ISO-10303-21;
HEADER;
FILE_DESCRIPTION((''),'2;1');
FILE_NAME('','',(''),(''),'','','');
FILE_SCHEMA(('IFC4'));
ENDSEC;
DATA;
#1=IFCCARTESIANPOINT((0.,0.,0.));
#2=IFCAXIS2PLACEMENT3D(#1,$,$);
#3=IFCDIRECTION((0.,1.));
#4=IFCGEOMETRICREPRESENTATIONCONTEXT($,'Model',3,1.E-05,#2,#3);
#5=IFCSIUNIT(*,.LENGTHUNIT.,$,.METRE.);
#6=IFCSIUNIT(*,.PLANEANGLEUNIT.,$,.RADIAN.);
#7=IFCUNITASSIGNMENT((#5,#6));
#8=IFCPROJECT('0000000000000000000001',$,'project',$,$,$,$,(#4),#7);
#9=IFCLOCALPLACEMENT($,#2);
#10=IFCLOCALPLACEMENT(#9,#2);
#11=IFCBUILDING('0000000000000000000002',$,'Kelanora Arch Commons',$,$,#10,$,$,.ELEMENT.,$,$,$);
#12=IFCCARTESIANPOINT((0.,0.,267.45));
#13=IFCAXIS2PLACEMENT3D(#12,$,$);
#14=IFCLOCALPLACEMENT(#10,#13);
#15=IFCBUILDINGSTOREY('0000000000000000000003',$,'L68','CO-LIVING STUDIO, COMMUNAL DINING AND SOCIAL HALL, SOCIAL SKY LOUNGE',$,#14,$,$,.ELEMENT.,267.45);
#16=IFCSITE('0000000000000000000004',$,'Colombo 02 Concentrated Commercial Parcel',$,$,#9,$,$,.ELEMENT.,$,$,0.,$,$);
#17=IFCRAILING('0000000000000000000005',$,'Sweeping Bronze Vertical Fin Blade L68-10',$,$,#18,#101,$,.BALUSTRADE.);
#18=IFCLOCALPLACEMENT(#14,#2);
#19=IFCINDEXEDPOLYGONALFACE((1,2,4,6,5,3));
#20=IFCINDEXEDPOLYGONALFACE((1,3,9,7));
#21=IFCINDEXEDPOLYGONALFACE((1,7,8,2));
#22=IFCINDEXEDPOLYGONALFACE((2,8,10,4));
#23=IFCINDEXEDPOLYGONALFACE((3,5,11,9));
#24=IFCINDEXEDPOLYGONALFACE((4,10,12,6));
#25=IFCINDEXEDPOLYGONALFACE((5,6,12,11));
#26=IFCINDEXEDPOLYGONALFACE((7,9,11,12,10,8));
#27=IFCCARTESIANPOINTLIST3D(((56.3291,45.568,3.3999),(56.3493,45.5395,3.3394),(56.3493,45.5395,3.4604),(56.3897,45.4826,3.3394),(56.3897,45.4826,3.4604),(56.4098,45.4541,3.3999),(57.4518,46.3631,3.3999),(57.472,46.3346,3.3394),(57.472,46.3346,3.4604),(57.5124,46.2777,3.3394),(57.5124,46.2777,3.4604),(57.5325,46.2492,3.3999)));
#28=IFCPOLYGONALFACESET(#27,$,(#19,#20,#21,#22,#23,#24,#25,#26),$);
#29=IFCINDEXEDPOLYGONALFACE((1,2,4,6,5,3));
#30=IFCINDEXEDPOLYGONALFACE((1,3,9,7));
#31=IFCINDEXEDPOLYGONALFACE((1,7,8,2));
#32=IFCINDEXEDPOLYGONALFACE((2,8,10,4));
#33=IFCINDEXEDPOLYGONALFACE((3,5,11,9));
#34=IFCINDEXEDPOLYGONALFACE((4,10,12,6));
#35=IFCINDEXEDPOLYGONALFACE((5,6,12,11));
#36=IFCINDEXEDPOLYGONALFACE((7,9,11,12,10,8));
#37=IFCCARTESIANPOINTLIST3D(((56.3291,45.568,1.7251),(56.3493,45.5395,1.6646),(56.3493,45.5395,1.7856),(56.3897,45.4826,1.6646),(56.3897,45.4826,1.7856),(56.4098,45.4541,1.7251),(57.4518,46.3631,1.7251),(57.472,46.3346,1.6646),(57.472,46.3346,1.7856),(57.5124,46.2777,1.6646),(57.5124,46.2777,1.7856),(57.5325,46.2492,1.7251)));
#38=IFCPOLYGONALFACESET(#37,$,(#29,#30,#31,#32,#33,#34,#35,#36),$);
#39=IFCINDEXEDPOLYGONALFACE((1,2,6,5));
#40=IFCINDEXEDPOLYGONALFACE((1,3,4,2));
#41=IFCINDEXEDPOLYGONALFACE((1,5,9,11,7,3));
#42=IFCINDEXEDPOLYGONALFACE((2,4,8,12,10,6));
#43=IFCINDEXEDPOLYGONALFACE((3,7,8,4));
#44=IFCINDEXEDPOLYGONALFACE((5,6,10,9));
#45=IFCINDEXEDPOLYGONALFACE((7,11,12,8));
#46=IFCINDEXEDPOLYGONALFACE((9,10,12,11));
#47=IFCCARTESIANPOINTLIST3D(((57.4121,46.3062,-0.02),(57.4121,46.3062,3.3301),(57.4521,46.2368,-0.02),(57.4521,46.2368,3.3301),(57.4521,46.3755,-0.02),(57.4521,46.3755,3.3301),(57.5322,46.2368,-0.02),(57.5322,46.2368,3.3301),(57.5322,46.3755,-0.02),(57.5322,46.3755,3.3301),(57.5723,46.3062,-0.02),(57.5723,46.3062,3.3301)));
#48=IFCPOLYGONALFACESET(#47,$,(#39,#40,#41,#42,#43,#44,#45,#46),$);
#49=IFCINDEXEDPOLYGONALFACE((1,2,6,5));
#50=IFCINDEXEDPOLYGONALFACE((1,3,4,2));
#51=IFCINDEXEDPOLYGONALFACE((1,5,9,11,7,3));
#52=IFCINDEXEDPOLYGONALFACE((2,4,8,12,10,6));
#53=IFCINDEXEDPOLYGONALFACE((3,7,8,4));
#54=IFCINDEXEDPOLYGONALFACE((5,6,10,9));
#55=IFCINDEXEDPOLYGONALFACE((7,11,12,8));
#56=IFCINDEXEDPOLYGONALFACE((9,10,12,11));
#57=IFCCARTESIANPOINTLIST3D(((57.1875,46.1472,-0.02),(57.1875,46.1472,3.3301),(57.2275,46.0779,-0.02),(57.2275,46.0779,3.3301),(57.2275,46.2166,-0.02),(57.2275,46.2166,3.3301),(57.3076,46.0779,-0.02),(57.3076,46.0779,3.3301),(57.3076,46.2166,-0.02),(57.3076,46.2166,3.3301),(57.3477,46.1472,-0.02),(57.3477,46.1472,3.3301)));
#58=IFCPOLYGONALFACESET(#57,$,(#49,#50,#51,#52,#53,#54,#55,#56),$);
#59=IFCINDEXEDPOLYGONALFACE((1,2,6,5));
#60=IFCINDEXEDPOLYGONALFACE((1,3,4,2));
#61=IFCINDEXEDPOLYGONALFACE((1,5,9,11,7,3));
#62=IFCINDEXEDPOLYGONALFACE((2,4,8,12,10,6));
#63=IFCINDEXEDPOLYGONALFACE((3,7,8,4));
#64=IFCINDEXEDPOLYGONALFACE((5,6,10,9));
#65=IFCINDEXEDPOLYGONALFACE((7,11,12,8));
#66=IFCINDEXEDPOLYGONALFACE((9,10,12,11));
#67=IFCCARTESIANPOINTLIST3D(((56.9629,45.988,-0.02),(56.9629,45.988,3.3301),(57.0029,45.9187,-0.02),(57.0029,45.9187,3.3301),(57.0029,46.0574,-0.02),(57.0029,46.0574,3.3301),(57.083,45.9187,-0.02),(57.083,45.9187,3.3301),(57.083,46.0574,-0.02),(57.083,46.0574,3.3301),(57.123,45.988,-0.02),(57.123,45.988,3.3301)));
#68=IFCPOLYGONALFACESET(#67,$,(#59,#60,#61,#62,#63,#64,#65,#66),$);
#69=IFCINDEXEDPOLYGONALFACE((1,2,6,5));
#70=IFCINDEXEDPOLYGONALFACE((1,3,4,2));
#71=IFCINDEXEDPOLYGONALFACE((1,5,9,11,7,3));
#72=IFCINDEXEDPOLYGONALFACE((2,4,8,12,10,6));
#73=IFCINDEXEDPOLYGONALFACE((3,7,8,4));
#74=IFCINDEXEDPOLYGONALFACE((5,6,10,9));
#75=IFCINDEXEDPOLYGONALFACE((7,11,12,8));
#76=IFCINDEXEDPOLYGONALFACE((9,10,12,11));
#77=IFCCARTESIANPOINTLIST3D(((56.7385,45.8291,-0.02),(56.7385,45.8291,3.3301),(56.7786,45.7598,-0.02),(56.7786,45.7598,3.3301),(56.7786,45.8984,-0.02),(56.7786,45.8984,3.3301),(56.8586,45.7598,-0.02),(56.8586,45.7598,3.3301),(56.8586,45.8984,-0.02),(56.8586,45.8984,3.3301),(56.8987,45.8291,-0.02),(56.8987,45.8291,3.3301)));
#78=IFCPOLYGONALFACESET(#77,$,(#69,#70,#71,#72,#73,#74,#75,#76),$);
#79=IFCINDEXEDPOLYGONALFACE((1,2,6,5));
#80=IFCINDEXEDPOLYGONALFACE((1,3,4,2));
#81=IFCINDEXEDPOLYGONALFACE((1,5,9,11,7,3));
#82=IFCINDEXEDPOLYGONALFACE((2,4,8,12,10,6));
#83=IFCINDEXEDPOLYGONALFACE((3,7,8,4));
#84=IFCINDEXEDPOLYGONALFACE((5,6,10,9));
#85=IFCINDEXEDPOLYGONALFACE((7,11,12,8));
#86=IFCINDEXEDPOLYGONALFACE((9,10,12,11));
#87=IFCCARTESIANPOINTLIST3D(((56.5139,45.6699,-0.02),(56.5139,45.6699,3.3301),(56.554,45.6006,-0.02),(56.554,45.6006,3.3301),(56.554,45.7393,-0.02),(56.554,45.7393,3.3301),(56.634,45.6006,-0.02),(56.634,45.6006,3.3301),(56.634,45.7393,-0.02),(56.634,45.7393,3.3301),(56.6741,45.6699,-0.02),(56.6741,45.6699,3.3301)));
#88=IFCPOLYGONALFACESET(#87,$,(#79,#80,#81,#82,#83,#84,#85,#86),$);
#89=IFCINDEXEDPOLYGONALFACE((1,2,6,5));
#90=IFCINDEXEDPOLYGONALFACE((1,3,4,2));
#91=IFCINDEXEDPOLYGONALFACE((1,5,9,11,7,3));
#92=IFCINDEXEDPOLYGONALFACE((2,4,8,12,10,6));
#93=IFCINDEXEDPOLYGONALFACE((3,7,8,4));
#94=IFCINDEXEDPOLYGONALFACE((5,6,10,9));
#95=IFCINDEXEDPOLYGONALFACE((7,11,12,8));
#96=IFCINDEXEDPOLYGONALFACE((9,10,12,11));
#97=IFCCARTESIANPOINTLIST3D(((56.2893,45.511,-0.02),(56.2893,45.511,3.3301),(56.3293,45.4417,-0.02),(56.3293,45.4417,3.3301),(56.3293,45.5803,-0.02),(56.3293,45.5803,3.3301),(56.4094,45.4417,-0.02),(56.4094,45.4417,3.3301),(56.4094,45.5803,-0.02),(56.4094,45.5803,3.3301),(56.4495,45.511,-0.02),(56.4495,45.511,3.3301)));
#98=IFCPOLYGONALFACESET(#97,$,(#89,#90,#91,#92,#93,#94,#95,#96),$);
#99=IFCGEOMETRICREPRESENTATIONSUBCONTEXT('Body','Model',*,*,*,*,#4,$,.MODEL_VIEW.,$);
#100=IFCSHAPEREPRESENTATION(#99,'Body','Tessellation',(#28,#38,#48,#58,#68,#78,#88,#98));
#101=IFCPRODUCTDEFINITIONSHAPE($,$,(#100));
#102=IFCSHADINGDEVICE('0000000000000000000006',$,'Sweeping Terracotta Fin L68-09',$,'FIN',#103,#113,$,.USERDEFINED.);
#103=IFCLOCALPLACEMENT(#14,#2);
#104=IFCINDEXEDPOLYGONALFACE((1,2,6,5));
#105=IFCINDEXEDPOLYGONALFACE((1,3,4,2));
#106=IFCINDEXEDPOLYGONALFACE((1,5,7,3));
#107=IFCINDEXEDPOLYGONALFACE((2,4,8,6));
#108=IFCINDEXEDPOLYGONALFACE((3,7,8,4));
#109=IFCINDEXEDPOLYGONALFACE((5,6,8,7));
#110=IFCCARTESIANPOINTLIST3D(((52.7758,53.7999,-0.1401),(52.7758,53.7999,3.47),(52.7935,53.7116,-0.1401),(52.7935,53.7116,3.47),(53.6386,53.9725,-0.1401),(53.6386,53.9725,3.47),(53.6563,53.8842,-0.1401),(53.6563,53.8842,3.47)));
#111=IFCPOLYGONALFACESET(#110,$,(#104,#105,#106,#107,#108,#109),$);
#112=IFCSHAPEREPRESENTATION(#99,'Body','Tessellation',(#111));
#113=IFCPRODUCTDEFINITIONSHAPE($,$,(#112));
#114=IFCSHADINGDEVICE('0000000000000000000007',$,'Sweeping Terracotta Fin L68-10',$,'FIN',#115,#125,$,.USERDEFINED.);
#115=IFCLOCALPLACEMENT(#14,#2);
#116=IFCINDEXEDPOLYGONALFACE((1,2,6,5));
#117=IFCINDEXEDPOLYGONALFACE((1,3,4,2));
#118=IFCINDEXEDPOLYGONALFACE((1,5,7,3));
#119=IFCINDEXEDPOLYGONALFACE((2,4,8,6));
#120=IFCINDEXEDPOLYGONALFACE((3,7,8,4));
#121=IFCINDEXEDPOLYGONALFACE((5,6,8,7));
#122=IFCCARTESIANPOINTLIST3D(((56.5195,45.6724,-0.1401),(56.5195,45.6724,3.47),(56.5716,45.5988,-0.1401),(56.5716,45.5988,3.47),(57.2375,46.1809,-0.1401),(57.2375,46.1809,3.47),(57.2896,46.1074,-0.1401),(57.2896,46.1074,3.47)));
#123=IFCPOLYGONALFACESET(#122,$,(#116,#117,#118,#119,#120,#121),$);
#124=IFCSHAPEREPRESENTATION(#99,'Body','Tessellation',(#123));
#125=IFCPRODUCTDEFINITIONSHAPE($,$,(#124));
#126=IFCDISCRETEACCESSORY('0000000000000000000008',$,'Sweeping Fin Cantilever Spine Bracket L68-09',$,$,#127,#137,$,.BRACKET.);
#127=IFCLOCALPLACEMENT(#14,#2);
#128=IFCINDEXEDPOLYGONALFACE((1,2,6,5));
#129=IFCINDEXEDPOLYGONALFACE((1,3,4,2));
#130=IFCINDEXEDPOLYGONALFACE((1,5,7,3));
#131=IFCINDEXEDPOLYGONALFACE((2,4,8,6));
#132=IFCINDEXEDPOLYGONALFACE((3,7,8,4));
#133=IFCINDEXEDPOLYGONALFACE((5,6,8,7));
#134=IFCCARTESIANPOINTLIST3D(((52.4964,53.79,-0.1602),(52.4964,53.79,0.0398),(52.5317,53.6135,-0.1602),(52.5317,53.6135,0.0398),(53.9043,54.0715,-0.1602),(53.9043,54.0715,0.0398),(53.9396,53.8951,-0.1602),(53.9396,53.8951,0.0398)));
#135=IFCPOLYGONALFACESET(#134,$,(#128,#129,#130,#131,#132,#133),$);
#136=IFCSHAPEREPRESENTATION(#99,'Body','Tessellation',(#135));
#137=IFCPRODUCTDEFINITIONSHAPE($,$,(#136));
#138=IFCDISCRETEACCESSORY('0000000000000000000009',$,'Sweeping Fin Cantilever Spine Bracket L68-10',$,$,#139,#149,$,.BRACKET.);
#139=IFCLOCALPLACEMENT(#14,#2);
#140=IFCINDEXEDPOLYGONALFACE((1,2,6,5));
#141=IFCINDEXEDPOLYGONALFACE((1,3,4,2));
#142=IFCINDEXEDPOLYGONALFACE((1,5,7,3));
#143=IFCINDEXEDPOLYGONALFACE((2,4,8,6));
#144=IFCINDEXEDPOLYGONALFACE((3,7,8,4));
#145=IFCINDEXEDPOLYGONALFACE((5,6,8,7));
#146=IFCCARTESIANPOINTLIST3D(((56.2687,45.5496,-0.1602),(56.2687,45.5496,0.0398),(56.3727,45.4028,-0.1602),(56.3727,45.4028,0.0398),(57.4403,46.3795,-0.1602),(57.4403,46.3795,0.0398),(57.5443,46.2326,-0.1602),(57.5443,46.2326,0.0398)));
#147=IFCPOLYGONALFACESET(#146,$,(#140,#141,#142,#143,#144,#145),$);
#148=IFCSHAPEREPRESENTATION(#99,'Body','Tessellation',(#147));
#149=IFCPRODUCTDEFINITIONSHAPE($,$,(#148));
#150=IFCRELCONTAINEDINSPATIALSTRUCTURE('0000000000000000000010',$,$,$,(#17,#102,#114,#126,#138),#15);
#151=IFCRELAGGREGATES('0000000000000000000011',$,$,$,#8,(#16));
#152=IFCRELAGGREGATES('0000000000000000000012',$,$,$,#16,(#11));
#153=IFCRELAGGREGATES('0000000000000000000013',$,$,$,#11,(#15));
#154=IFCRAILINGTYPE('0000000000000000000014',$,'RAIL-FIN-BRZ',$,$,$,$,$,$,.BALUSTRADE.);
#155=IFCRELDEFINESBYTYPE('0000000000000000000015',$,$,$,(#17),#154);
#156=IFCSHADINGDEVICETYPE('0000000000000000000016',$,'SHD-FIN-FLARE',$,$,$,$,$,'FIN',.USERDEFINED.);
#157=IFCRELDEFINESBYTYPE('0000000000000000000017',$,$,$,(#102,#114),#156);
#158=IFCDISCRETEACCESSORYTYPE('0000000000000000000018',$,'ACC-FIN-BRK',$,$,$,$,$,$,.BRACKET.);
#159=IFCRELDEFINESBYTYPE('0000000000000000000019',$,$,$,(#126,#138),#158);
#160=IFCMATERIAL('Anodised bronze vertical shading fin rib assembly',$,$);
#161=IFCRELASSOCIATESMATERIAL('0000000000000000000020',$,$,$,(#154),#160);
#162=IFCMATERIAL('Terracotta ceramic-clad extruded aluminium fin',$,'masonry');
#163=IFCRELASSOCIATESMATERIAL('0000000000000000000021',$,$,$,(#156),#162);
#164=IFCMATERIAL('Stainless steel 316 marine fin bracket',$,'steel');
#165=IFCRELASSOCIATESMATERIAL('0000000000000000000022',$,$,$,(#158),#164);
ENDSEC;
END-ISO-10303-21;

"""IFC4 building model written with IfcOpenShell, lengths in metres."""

from ifc_helpers import new_model, si_unit, direction, frame, origin, origin_2d, place, context, subcontext, project, spatial, polyline, rectangle, outline, extrude, source, transform, mapped, material, type_object, element, save


model = new_model("IFC4")

# Units and contexts
model_context = context("Model", 3, precision=1e-05, world=origin(), true_north=direction((0.0, 1.0)))
body_context = subcontext(model_context, "Body", "Model", "MODEL_VIEW")
ifc_project = project(units=[si_unit("LENGTHUNIT", "METRE"), si_unit("PLANEANGLEUNIT", "RADIAN")], contexts=[model_context])

# Site, building, storey
site_placement = place(None, origin())
site = spatial("IfcSite", under=ifc_project, at=site_placement, Name="Colombo 02 Concentrated Commercial Parcel", CompositionType="ELEMENT", RefElevation=0.0)
building_placement = place(site_placement, origin())
building = spatial("IfcBuilding", under=site, at=building_placement, Name="Kelanora Arch Commons", CompositionType="ELEMENT")
storey_placement = place(building_placement, frame((0.0, 0.0, 267.45)))
storey = spatial("IfcBuildingStorey", under=building, at=storey_placement, Name="L68", Description="CO-LIVING STUDIO, COMMUNAL DINING AND SOCIAL HALL, SOCIAL SKY LOUNGE", CompositionType="ELEMENT", Elevation=267.45)

# Railing
ifc_material_1 = material(Name="Anodised bronze vertical shading fin rib assembly")
railing_type = type_object("IfcRailingType", Name="RAIL-FIN-BRZ", PredefinedType="BALUSTRADE", material=ifc_material_1)
railing_1_placement = place(storey_placement, frame((57.4922, 46.3062, -0.02)))
element("IfcRailing", 1, at=railing_1_placement, inside=storey, type_object=railing_type, Name="Sweeping Bronze Vertical Fin Blade L68-10", PredefinedType="BALUSTRADE", context=body_context, shape_type="SweptSolid", body=[
    extrude(outline(polyline([(0.0698, 0.0), (0.0349, 0.0605), (-0.0349, 0.0605), (-0.0698, 0.0), (-0.0349, -0.0605), (0.0349, -0.0605), (0.0698, 0.0)])), frame((0.0, 0.0, 3.4199), z_axis=(-0.816077, -0.577943, 0.0), x_axis=(0.577943, -0.816077, 0.0)), (0.0, 0.0, 1.0), 1.3757),
    extrude(outline(polyline([(0.0698, 0.0), (0.0349, 0.0605), (-0.0349, 0.0605), (-0.0698, 0.0), (-0.0349, -0.0605), (0.0349, -0.0605), (0.0698, 0.0)])), frame((0.0, 0.0, 1.7451), z_axis=(-0.816077, -0.577943, 0.0), x_axis=(0.577943, -0.816077, 0.0)), (0.0, 0.0, 1.0), 1.3757),
    extrude(outline(polyline([(0.0801, 0.0), (0.04, 0.0693), (-0.04, 0.0693), (-0.0801, 0.0), (-0.04, -0.0693), (0.04, -0.0693), (0.0801, 0.0)])), origin(), (0.0, 0.0, 1.0), 3.3501),
    extrude(outline(polyline([(0.0801, 0.0), (0.04, 0.0693), (-0.04, 0.0693), (-0.0801, 0.0), (-0.04, -0.0693), (0.04, -0.0693), (0.0801, 0.0)])), frame((-0.2246, -0.1589, 0.0)), (0.0, 0.0, 1.0), 3.3501),
    extrude(outline(polyline([(0.0801, 0.0), (0.04, 0.0693), (-0.04, 0.0693), (-0.0801, 0.0), (-0.04, -0.0693), (0.04, -0.0693), (0.0801, 0.0)])), frame((-0.4492, -0.3181, 0.0)), (0.0, 0.0, 1.0), 3.3501),
    extrude(outline(polyline([(0.0801, 0.0), (0.04, 0.0693), (-0.04, 0.0693), (-0.0801, 0.0), (-0.04, -0.0693), (0.04, -0.0693), (0.0801, 0.0)])), frame((-0.6736, -0.4771, 0.0)), (0.0, 0.0, 1.0), 3.3501),
    extrude(outline(polyline([(0.0801, 0.0), (0.04, 0.0693), (-0.04, 0.0693), (-0.0801, 0.0), (-0.04, -0.0693), (0.04, -0.0693), (0.0801, 0.0)])), frame((-0.8982, -0.6362, 0.0)), (0.0, 0.0, 1.0), 3.3501),
    extrude(outline(polyline([(0.0801, 0.0), (0.04, 0.0693), (-0.04, 0.0693), (-0.0801, 0.0), (-0.04, -0.0693), (0.04, -0.0693), (0.0801, 0.0)])), frame((-1.1228, -0.7952, 0.0)), (0.0, 0.0, 1.0), 3.3501),
])

# Shading devices
ifc_material_2 = material(Name="Terracotta ceramic-clad extruded aluminium fin", Category="masonry")
shading_device_type = type_object("IfcShadingDeviceType", Name="SHD-FIN-FLARE", ElementType="FIN", PredefinedType="USERDEFINED", material=ifc_material_2)
shared_shape_1 = source(origin(), body_context, "Body", "SweptSolid", [
    extrude(rectangle(XDim=0.8799, YDim=0.0901, at=origin_2d()), origin(), (0.0, 0.0, 1.0), 3.6101),
])
for number, where, z_axis, x_axis, name in (
    (2, (53.2161, 53.842, -0.1401), (0.0, 0.0, 1.0), (-0.98058, -0.196117, 0.0), "Sweeping Terracotta Fin L68-09"),
    (3, (56.9045, 45.8899, -0.1401), (0.0, 0.0, 1.0), (-0.816037, -0.578, 0.0), "Sweeping Terracotta Fin L68-10"),
):
    element("IfcShadingDevice", number, at=place(storey_placement, frame(where, z_axis=z_axis, x_axis=x_axis)), inside=storey, type_object=shading_device_type, Name=name, ObjectType="FIN", PredefinedType="USERDEFINED", context=body_context, shape_type="MappedRepresentation", body=[
        mapped(shared_shape_1, transform((0.0, 0.0, 0.0), scale=1.0)),
    ])

# Discrete accessories
ifc_material_3 = material(Name="Stainless steel 316 marine fin bracket", Category="steel")
discrete_accessory_type = type_object("IfcDiscreteAccessoryType", Name="ACC-FIN-BRK", PredefinedType="BRACKET", material=ifc_material_3)
shared_shape_2 = source(origin(), body_context, "Body", "SweptSolid", [
    extrude(rectangle(XDim=1.4358, YDim=0.1799, at=origin_2d()), origin(), (0.0, 0.0, 1.0), 0.2),
])
for number, where, z_axis, x_axis, name in (
    (4, (53.218, 53.8425, -0.1602), (0.0, 0.0, 1.0), (-0.98058, -0.196117, 0.0), "Sweeping Fin Cantilever Spine Bracket L68-09"),
    (5, (56.9065, 45.8911, -0.1602), (0.0, 0.0, 1.0), (-0.816037, -0.578, 0.0), "Sweeping Fin Cantilever Spine Bracket L68-10"),
):
    element("IfcDiscreteAccessory", number, at=place(storey_placement, frame(where, z_axis=z_axis, x_axis=x_axis)), inside=storey, type_object=discrete_accessory_type, Name=name, PredefinedType="BRACKET", context=body_context, shape_type="MappedRepresentation", body=[
        mapped(shared_shape_2, transform((0.0, 0.0, 0.0), scale=1.0)),
    ])

save(model, "model.ifc")
